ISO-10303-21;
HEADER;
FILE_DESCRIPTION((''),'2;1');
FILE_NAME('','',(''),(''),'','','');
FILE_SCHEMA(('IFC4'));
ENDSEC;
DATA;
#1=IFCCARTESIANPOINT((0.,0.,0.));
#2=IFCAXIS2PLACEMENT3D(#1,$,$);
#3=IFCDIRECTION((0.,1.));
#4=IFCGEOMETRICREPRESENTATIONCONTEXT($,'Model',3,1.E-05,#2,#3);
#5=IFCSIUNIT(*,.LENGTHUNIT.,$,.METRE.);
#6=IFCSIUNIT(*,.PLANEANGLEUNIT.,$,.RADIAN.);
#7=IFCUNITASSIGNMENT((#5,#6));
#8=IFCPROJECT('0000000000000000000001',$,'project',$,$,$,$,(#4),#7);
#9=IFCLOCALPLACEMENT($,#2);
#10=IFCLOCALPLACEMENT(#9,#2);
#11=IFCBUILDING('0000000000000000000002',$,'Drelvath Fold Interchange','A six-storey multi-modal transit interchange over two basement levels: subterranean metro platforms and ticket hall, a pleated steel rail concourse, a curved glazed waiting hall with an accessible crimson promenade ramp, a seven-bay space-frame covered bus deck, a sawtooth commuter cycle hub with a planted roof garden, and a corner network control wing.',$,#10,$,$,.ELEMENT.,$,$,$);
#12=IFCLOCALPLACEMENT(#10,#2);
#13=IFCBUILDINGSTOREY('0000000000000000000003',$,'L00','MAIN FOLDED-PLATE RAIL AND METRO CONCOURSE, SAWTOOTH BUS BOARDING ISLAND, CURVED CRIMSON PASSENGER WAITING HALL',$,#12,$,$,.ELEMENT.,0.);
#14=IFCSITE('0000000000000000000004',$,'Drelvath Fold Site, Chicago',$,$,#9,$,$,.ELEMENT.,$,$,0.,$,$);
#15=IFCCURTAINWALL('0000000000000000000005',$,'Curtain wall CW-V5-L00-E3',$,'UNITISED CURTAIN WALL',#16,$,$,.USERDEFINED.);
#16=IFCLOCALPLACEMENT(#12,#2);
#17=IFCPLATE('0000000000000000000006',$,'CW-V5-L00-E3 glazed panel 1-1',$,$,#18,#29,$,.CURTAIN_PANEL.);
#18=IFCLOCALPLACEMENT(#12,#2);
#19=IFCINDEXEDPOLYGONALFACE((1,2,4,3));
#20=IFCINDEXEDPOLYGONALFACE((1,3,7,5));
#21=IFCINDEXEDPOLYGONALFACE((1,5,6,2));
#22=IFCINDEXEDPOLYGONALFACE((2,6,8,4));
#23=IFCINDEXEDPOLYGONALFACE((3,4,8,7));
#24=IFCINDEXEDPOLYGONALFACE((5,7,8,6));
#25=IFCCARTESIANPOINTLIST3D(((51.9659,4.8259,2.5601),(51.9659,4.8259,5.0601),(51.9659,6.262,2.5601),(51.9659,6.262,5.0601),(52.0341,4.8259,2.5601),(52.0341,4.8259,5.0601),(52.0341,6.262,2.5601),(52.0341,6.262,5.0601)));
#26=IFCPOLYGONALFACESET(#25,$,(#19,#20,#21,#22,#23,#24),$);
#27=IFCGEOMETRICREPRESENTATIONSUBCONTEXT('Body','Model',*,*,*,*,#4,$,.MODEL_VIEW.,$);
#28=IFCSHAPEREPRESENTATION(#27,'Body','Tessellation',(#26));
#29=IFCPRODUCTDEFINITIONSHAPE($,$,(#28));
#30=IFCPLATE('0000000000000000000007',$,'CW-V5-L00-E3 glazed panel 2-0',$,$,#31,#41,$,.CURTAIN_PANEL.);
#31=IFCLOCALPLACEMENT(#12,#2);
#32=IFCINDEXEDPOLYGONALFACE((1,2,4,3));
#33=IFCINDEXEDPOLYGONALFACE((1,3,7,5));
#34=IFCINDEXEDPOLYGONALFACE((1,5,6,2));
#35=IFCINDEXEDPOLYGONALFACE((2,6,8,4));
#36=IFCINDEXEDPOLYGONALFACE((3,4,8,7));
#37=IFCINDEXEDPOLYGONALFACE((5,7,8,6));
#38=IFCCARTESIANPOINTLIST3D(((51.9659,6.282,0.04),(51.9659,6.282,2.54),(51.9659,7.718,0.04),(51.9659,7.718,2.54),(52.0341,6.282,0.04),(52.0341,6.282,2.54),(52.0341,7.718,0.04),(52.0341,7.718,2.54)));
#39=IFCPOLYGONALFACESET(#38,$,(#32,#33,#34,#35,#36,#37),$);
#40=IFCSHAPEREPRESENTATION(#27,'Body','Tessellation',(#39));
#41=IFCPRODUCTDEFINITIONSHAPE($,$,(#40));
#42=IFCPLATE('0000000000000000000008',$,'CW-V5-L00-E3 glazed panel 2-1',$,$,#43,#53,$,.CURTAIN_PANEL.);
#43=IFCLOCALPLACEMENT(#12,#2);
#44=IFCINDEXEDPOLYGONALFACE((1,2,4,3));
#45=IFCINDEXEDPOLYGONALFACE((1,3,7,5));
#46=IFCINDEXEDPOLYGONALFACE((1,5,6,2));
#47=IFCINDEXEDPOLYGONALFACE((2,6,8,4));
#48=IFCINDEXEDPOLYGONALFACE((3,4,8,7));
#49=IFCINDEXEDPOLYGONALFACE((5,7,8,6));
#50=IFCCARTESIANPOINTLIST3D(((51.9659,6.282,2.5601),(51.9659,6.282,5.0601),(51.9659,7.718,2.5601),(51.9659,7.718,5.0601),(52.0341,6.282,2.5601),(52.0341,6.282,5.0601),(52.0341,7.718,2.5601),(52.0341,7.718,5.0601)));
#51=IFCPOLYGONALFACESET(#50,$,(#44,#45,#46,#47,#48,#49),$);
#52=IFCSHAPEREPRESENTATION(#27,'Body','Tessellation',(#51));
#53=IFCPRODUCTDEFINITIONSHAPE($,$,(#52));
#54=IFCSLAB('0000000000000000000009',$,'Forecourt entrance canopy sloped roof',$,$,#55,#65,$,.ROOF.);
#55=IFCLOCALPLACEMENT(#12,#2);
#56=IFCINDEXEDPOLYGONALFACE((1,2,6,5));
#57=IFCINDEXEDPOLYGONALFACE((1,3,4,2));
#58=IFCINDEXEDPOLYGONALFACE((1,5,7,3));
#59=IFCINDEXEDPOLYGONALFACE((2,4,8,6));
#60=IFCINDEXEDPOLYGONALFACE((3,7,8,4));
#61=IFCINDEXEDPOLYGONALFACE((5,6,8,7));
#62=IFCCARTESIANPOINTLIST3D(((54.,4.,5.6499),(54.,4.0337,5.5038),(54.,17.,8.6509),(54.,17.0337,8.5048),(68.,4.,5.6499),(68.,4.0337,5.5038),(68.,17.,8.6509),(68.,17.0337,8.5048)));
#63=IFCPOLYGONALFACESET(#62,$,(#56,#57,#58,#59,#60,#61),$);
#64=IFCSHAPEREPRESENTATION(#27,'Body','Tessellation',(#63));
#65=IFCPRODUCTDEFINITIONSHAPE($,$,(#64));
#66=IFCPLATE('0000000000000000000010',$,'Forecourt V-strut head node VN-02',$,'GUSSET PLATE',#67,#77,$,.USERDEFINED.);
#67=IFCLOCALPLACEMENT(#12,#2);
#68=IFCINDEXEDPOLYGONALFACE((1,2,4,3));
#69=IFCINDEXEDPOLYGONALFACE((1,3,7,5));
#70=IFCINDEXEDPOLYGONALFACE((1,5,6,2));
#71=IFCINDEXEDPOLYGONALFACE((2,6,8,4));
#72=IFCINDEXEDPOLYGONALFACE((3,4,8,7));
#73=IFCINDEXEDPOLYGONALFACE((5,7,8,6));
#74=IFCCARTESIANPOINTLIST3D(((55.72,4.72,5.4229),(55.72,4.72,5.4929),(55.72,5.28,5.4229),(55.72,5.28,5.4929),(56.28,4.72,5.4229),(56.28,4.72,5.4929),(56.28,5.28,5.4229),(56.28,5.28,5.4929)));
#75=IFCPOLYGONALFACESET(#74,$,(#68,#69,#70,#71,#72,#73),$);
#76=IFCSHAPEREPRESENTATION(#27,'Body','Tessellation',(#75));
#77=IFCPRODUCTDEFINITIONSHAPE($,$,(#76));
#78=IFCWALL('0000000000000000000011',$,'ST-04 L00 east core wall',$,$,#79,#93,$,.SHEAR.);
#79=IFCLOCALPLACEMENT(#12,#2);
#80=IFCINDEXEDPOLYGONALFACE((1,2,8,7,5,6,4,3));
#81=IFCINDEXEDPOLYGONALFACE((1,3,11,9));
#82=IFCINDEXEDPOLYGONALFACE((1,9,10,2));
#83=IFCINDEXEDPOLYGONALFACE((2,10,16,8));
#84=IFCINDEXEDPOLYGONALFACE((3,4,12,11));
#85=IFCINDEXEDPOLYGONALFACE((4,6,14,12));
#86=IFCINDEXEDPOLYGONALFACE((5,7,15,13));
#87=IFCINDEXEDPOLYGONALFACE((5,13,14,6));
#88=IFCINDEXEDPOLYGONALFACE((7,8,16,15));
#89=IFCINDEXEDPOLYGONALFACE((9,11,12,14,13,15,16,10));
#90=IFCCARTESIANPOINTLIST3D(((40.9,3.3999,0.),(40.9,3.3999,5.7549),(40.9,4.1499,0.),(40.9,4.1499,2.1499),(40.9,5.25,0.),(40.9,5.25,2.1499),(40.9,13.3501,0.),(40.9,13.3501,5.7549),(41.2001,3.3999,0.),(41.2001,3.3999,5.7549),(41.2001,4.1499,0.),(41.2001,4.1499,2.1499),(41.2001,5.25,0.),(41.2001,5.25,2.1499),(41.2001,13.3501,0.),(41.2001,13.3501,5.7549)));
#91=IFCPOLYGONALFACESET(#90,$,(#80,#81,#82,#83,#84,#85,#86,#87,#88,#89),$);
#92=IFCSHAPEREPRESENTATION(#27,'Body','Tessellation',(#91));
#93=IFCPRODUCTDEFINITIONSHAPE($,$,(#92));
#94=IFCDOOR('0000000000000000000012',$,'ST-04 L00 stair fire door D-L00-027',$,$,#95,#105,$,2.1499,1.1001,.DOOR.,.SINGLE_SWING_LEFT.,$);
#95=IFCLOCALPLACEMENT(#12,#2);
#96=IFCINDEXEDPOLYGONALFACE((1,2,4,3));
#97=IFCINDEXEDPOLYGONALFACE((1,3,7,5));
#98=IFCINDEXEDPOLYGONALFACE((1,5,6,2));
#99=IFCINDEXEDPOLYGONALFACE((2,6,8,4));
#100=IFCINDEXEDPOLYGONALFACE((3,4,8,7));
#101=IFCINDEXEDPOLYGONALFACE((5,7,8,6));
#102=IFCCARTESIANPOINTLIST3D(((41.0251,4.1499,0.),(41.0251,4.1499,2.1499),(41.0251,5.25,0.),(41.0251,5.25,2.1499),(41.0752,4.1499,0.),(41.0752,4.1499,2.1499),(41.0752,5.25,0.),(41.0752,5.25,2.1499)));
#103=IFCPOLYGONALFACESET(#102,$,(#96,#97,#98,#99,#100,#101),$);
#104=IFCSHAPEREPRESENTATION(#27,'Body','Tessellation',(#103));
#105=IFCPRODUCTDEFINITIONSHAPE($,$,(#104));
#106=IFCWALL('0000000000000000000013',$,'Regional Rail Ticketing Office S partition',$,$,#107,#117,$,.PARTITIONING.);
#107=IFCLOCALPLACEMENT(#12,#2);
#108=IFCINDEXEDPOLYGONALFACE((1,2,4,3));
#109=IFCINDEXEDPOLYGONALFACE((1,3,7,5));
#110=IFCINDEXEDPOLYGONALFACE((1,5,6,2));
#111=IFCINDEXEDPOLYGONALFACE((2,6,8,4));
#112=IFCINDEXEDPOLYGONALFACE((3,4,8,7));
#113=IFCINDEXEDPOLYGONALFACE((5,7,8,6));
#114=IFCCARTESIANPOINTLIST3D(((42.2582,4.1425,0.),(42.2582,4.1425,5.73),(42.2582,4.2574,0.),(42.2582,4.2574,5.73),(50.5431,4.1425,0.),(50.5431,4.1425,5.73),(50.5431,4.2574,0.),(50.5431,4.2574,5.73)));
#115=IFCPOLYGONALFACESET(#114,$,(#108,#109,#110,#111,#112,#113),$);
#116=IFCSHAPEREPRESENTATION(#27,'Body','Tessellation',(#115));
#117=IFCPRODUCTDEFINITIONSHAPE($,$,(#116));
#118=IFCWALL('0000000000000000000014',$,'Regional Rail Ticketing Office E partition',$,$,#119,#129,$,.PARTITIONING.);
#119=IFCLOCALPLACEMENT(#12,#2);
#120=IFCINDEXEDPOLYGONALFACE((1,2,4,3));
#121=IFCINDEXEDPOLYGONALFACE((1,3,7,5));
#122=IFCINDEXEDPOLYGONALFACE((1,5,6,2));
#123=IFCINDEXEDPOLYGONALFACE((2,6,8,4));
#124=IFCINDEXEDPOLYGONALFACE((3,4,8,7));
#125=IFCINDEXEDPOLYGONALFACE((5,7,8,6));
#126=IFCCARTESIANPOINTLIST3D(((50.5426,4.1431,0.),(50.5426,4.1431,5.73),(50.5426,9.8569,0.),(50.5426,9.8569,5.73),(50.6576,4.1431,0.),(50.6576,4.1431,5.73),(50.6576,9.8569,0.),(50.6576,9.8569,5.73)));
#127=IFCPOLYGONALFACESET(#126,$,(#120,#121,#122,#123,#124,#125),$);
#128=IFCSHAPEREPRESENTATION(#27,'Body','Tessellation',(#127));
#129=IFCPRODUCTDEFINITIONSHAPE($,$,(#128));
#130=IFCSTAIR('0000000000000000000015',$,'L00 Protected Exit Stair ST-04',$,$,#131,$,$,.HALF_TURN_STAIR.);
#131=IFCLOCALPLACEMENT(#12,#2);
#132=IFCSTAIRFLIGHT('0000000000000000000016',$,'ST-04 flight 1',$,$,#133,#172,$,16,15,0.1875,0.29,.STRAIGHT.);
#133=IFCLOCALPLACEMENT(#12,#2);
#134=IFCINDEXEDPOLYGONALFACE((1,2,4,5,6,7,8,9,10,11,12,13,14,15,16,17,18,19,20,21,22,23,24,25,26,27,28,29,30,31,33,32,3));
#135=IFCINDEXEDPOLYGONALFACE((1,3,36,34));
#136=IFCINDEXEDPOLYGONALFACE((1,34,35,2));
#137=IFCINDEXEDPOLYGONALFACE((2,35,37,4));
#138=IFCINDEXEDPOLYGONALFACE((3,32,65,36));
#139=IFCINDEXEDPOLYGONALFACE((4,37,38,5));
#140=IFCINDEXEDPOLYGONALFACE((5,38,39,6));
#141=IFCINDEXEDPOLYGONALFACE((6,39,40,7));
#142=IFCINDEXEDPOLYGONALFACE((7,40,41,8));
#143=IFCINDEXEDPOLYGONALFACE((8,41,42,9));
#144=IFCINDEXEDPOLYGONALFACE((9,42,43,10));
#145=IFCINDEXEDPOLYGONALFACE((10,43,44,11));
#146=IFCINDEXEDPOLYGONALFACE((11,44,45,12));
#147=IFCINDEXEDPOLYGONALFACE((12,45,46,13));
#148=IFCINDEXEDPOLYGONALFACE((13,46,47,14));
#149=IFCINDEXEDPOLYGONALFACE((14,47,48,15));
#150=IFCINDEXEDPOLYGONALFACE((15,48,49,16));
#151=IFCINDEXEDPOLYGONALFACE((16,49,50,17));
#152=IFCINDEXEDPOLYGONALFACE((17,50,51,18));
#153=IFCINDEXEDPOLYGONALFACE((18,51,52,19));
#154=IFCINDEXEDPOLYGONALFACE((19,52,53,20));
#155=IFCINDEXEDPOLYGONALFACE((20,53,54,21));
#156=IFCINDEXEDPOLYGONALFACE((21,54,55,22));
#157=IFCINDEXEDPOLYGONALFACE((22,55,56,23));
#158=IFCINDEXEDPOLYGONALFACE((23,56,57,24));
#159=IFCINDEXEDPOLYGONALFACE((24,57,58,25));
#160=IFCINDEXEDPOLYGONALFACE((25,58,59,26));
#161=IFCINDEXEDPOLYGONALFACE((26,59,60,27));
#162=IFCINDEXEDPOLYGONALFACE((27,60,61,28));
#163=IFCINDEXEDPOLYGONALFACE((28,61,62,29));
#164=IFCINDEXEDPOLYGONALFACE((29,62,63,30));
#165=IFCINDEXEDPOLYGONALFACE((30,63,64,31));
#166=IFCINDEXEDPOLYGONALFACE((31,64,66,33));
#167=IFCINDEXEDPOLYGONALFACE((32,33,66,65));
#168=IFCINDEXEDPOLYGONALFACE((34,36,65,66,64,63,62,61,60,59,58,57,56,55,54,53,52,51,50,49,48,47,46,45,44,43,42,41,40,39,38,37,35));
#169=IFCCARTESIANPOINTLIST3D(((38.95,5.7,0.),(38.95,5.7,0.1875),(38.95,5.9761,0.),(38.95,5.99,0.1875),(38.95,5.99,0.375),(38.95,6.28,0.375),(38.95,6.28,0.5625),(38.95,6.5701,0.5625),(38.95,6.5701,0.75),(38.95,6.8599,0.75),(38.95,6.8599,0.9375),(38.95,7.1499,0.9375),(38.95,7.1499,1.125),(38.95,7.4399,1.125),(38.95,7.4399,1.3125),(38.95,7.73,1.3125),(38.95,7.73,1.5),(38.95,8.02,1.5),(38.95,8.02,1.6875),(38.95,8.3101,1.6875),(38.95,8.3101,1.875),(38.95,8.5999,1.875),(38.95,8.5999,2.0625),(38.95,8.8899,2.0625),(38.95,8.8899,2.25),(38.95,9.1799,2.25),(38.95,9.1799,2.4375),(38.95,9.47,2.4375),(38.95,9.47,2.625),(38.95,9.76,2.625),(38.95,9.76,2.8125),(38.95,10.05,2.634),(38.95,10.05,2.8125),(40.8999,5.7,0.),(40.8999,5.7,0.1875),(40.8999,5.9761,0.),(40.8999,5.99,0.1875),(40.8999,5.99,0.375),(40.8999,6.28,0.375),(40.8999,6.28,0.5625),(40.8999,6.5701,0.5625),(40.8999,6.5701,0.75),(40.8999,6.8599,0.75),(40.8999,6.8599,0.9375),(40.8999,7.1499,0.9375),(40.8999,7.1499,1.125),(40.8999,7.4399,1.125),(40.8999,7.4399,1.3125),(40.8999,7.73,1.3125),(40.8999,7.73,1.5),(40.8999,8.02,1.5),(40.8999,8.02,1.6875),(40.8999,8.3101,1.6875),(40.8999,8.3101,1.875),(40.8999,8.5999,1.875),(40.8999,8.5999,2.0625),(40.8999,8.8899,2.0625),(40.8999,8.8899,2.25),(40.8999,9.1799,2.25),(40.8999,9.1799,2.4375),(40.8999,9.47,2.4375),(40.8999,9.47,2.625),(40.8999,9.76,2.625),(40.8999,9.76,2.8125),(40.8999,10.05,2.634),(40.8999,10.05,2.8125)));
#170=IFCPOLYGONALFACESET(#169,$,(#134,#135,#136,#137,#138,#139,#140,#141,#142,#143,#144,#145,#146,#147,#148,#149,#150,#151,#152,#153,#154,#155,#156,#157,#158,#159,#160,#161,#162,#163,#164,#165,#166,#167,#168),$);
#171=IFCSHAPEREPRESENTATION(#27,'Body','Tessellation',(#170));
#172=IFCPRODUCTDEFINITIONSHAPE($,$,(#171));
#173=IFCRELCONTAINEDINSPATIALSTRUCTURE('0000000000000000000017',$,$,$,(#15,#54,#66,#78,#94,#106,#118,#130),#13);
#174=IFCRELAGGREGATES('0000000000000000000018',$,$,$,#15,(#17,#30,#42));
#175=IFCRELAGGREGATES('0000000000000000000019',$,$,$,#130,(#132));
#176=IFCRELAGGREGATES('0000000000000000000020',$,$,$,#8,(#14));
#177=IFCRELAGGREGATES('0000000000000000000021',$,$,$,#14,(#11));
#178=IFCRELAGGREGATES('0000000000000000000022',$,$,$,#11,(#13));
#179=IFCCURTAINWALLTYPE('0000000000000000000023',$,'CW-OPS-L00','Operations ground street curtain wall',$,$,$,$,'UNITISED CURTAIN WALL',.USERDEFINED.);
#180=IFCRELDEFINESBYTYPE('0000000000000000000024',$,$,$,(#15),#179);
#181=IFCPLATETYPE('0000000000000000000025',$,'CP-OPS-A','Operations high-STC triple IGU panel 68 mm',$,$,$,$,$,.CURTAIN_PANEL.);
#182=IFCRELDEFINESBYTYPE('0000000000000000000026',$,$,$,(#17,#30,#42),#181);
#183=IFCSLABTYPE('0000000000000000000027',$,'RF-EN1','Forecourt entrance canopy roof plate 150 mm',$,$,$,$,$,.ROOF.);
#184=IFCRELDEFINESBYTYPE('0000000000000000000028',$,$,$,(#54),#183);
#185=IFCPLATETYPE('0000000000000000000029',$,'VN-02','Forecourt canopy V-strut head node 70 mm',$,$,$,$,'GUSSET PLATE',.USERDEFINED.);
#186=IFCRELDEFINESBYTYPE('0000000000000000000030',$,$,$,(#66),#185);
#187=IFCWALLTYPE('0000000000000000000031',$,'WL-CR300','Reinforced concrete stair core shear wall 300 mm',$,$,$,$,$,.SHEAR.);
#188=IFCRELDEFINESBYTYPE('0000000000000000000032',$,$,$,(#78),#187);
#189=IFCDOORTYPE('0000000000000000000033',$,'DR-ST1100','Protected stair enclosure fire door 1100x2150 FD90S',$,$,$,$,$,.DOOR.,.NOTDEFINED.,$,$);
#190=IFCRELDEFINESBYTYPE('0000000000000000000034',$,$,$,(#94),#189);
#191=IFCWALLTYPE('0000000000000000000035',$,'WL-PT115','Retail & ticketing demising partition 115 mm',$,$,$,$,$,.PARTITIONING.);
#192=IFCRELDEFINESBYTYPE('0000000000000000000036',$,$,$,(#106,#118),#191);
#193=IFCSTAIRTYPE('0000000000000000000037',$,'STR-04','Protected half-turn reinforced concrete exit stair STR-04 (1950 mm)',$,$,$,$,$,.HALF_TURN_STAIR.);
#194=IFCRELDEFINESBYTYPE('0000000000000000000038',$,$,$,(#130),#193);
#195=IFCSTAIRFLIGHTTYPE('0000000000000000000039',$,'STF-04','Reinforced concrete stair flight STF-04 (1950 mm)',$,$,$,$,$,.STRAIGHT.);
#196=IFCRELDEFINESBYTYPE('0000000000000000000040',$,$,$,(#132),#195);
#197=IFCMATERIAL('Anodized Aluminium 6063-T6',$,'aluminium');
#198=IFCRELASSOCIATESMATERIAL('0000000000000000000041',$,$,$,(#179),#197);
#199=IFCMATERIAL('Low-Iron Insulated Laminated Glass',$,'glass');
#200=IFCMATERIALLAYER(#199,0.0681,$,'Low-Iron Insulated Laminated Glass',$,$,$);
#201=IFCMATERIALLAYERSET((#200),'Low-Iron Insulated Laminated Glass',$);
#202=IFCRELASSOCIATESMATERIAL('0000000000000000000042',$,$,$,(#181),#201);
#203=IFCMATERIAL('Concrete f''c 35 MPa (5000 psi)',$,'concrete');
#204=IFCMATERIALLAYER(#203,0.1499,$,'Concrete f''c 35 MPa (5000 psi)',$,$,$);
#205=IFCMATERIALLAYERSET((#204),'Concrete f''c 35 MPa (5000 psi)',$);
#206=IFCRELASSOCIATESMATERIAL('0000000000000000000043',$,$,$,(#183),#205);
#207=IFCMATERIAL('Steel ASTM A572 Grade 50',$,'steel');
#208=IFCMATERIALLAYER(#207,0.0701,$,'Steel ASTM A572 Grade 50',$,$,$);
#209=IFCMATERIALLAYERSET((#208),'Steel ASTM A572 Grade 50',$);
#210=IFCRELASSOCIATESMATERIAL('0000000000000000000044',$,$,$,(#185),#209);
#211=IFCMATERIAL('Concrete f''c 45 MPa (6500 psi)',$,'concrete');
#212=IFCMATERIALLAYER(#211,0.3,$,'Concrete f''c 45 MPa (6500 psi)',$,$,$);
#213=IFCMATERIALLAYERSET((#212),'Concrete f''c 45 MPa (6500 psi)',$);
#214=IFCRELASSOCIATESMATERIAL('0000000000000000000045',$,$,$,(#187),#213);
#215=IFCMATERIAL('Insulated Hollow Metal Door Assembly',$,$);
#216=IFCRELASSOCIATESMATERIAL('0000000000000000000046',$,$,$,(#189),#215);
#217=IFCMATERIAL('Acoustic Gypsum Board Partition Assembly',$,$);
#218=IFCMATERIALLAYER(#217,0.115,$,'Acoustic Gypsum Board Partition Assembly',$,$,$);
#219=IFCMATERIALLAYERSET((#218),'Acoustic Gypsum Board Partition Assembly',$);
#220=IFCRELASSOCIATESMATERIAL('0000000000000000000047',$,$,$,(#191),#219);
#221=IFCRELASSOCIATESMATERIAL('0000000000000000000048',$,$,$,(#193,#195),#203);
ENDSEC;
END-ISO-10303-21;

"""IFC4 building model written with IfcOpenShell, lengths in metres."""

from ifc_helpers import new_model, si_unit, direction, frame, frame_2d, origin, origin_2d, place, context, subcontext, project, spatial, polyline, rectangle, outline, extrude, material, layer, layer_set, type_object, element, fill, aggregate, save


model = new_model("IFC4")

# Units and contexts
model_context = context("Model", 3, precision=1e-05, world=origin(), true_north=direction((0.0, 1.0)))
body_context = subcontext(model_context, "Body", "Model", "MODEL_VIEW")
ifc_project = project(units=[si_unit("LENGTHUNIT", "METRE"), si_unit("PLANEANGLEUNIT", "RADIAN")], contexts=[model_context])

# Site, building, storey
site_placement = place(None, origin())
site = spatial("IfcSite", under=ifc_project, at=site_placement, Name="Drelvath Fold Site, Chicago", CompositionType="ELEMENT", RefElevation=0.0)
building_placement = place(site_placement, origin())
building = spatial("IfcBuilding", under=site, at=building_placement, Name="Drelvath Fold Interchange", Description="A six-storey multi-modal transit interchange over two basement levels: subterranean metro platforms and ticket hall, a pleated steel rail concourse, a curved glazed waiting hall with an accessible crimson promenade ramp, a seven-bay space-frame covered bus deck, a sawtooth commuter cycle hub with a planted roof garden, and a corner network control wing.", CompositionType="ELEMENT")
storey_placement = place(building_placement, origin())
storey = spatial("IfcBuildingStorey", under=building, at=storey_placement, Name="L00", Description="MAIN FOLDED-PLATE RAIL AND METRO CONCOURSE, SAWTOOTH BUS BOARDING ISLAND, CURVED CRIMSON PASSENGER WAITING HALL", CompositionType="ELEMENT", Elevation=0.0)

# Shared definitions
ifc_material_1 = material(Name="Concrete f'c 45 MPa (6500 psi)", Category="concrete")

# Curtain wall
ifc_material_2 = material(Name="Anodized Aluminium 6063-T6", Category="aluminium")
curtain_wall_type = type_object("IfcCurtainWallType", Name="CW-OPS-L00", Description="Operations ground street curtain wall", ElementType="UNITISED CURTAIN WALL", PredefinedType="USERDEFINED", material=ifc_material_2)
curtain_wall_placement = place(storey_placement, origin())
curtain_wall = element("IfcCurtainWall", 1, at=curtain_wall_placement, inside=storey, type_object=curtain_wall_type, Name="Curtain wall CW-V5-L00-E3", ObjectType="UNITISED CURTAIN WALL", PredefinedType="USERDEFINED")

# Plates
ifc_material_3 = material(Name="Low-Iron Insulated Laminated Glass", Category="glass")
ifc_layer_1 = layer(ifc_material_3, 0.0681, Name="Low-Iron Insulated Laminated Glass")
ifc_layer_set_1 = layer_set([ifc_layer_1], Name="Low-Iron Insulated Laminated Glass")
plate_type_1 = type_object("IfcPlateType", Name="CP-OPS-A", Description="Operations high-STC triple IGU panel 68 mm", PredefinedType="CURTAIN_PANEL", material=ifc_layer_set_1)
plate_1_placement = place(storey_placement, frame((52.0, 5.5439, 2.5601), z_axis=(0.0, 0.0, 1.0), x_axis=(0.0, 1.0, 0.0)))
plate_1 = element("IfcPlate", 2, at=plate_1_placement, type_object=plate_type_1, Name="CW-V5-L00-E3 glazed panel 1-1", PredefinedType="CURTAIN_PANEL", context=body_context, shape_type="SweptSolid", body=[
    extrude(rectangle(XDim=1.436, YDim=0.0681, at=origin_2d()), origin(), (0.0, 0.0, 1.0), 2.5),
])
plate_2_placement = place(storey_placement, frame((52.0, 7.0, 0.04), z_axis=(0.0, 0.0, 1.0), x_axis=(0.0, 1.0, 0.0)))
plate_2 = element("IfcPlate", 3, at=plate_2_placement, type_object=plate_type_1, Name="CW-V5-L00-E3 glazed panel 2-0", PredefinedType="CURTAIN_PANEL", context=body_context, shape_type="SweptSolid", body=[
    extrude(rectangle(XDim=1.436, YDim=0.0681, at=origin_2d()), origin(), (0.0, 0.0, 1.0), 2.5),
])
plate_3_placement = place(storey_placement, frame((52.0, 7.0, 2.5601), z_axis=(0.0, 0.0, 1.0), x_axis=(0.0, 1.0, 0.0)))
plate_3 = element("IfcPlate", 4, at=plate_3_placement, type_object=plate_type_1, Name="CW-V5-L00-E3 glazed panel 2-1", PredefinedType="CURTAIN_PANEL", context=body_context, shape_type="SweptSolid", body=[
    extrude(rectangle(XDim=1.436, YDim=0.0681, at=origin_2d()), origin(), (0.0, 0.0, 1.0), 2.5),
])
aggregate(curtain_wall, [plate_1, plate_2, plate_3])

# Slab
ifc_material_4 = material(Name="Concrete f'c 35 MPa (5000 psi)", Category="concrete")
ifc_layer_2 = layer(ifc_material_4, 0.1499, Name="Concrete f'c 35 MPa (5000 psi)")
ifc_layer_set_2 = layer_set([ifc_layer_2], Name="Concrete f'c 35 MPa (5000 psi)")
slab_type = type_object("IfcSlabType", Name="RF-EN1", Description="Forecourt entrance canopy roof plate 150 mm", PredefinedType="ROOF", material=ifc_layer_set_2)
slab_placement = place(storey_placement, frame((54.0, 4.0, 5.6499), z_axis=(0.0, -0.224929, 0.974375), x_axis=(1.0, 0.0, 0.0)))
element("IfcSlab", 5, at=slab_placement, inside=storey, type_object=slab_type, Name="Forecourt entrance canopy sloped roof", PredefinedType="ROOF", context=body_context, shape_type="SweptSolid", body=[
    extrude(outline(polyline([(0.0, 0.0), (14.0, 0.0), (14.0, 13.3419), (0.0, 13.3419), (0.0, 0.0)])), origin(), (0.0, 0.0, -1.0), 0.1499),
])

# Plate
ifc_material_5 = material(Name="Steel ASTM A572 Grade 50", Category="steel")
ifc_layer_3 = layer(ifc_material_5, 0.0701, Name="Steel ASTM A572 Grade 50")
ifc_layer_set_3 = layer_set([ifc_layer_3], Name="Steel ASTM A572 Grade 50")
plate_type_2 = type_object("IfcPlateType", Name="VN-02", Description="Forecourt canopy V-strut head node 70 mm", ElementType="GUSSET PLATE", PredefinedType="USERDEFINED", material=ifc_layer_set_3)
plate_4_placement = place(storey_placement, frame((56.0, 5.0, 5.4229), z_axis=(0.0, 0.0, 1.0), x_axis=(1.0, 0.0, 0.0)))
element("IfcPlate", 6, at=plate_4_placement, inside=storey, type_object=plate_type_2, Name="Forecourt V-strut head node VN-02", ObjectType="GUSSET PLATE", PredefinedType="USERDEFINED", context=body_context, shape_type="SweptSolid", body=[
    extrude(rectangle(XDim=0.5601, YDim=0.5601, at=origin_2d()), origin(), (0.0, 0.0, 1.0), 0.0701),
])

# Wall, opening, door
ifc_layer_4 = layer(ifc_material_1, 0.3, Name="Concrete f'c 45 MPa (6500 psi)")
ifc_layer_set_4 = layer_set([ifc_layer_4], Name="Concrete f'c 45 MPa (6500 psi)")
wall_type_1 = type_object("IfcWallType", Name="WL-CR300", Description="Reinforced concrete stair core shear wall 300 mm", PredefinedType="SHEAR", material=ifc_layer_set_4)
wall_1_placement = place(storey_placement, frame((41.05, 3.3999, 0.0), z_axis=(0.0, 0.0, 1.0), x_axis=(0.0, 1.0, 0.0)))
wall_1 = element("IfcWall", 7, at=wall_1_placement, inside=storey, type_object=wall_type_1, Name="ST-04 L00 east core wall", PredefinedType="SHEAR", context=body_context, shape_type="SweptSolid", body=[
    extrude(rectangle(XDim=9.9502, YDim=0.3, at=frame_2d((4.9751, 0.0))), origin(), (0.0, 0.0, 1.0), 5.7549),
])
opening_1_placement = place(wall_1_placement, frame((0.75, 0.0, 0.0)))
opening_1 = element("IfcOpeningElement", 8, at=opening_1_placement, cuts=wall_1, PredefinedType="OPENING", context=body_context, shape_type="SweptSolid", body=[
    extrude(rectangle(XDim=1.1001, YDim=2.1499, at=frame_2d((0.55, 1.075))), frame((0.0, 0.1599, 0.0), z_axis=(0.0, -1.0, 0.0), x_axis=(1.0, 0.0, 0.0)), (0.0, 0.0, 1.0), 0.3201),
])
ifc_material_6 = material(Name="Insulated Hollow Metal Door Assembly")
door_type_1 = type_object("IfcDoorType", Name="DR-ST1100", Description="Protected stair enclosure fire door 1100x2150 FD90S", OperationType="NOTDEFINED", PredefinedType="DOOR", material=ifc_material_6)
door_1_placement = place(opening_1_placement, origin())
door_1 = element("IfcDoor", 9, at=door_1_placement, inside=storey, type_object=door_type_1, Name="ST-04 L00 stair fire door D-L00-027", OperationType="SINGLE_SWING_LEFT", OverallHeight=2.1499, OverallWidth=1.1001, PredefinedType="DOOR", context=body_context, shape_type="SweptSolid", body=[
    extrude(rectangle(XDim=1.1001, YDim=2.1499, at=frame_2d((0.55, 1.075))), frame((0.0, 0.0249, 0.0), z_axis=(0.0, -1.0, 0.0), x_axis=(1.0, 0.0, 0.0)), (0.0, 0.0, 1.0), 0.05),
])
fill(opening_1, door_1)

# Walls
ifc_material_7 = material(Name="Acoustic Gypsum Board Partition Assembly")
ifc_layer_5 = layer(ifc_material_7, 0.115, Name="Acoustic Gypsum Board Partition Assembly")
ifc_layer_set_5 = layer_set([ifc_layer_5], Name="Acoustic Gypsum Board Partition Assembly")
wall_type_2 = type_object("IfcWallType", Name="WL-PT115", Description="Retail & ticketing demising partition 115 mm", PredefinedType="PARTITIONING", material=ifc_layer_set_5)
wall_2_placement = place(storey_placement, frame((42.2581, 4.2, 0.0), z_axis=(0.0, 0.0, 1.0), x_axis=(1.0, 0.0, 0.0)))
element("IfcWall", 10, at=wall_2_placement, inside=storey, type_object=wall_type_2, Name="Regional Rail Ticketing Office S partition", PredefinedType="PARTITIONING", context=body_context, shape_type="SweptSolid", body=[
    extrude(rectangle(XDim=8.2849, YDim=0.115, at=frame_2d((4.1426, 0.0))), origin(), (0.0, 0.0, 1.0), 5.73),
])
wall_3_placement = place(storey_placement, frame((50.6001, 4.1431, 0.0), z_axis=(0.0, 0.0, 1.0), x_axis=(0.0, 1.0, 0.0)))
element("IfcWall", 11, at=wall_3_placement, inside=storey, type_object=wall_type_2, Name="Regional Rail Ticketing Office E partition", PredefinedType="PARTITIONING", context=body_context, shape_type="SweptSolid", body=[
    extrude(rectangle(XDim=5.7139, YDim=0.115, at=frame_2d((2.8569, 0.0))), origin(), (0.0, 0.0, 1.0), 5.73),
])

# Stair, stair flight
stair_type = type_object("IfcStairType", Name="STR-04", Description="Protected half-turn reinforced concrete exit stair STR-04 (1950 mm)", PredefinedType="HALF_TURN_STAIR", material=ifc_material_4)
stair_placement = place(storey_placement, origin())
stair = element("IfcStair", 12, at=stair_placement, inside=storey, type_object=stair_type, Name="L00 Protected Exit Stair ST-04", PredefinedType="HALF_TURN_STAIR")
stair_flight_type = type_object("IfcStairFlightType", Name="STF-04", Description="Reinforced concrete stair flight STF-04 (1950 mm)", PredefinedType="STRAIGHT", material=ifc_material_4)
stair_flight_placement = place(storey_placement, frame((39.925, 5.7, 0.0), z_axis=(0.0, 0.0, 1.0), x_axis=(0.0, 1.0, 0.0)))
stair_flight = element("IfcStairFlight", 13, at=stair_flight_placement, type_object=stair_flight_type, Name="ST-04 flight 1", NumberOfRisers=16, NumberOfTreads=15, PredefinedType="STRAIGHT", RiserHeight=0.1875, TreadLength=0.29, context=body_context, shape_type="SweptSolid", body=[
    extrude(outline(polyline([(0.0, 0.0), (0.0, 0.1875), (0.29, 0.1875), (0.29, 0.375), (0.5801, 0.375), (0.5801, 0.5625), (0.8701, 0.5625), (0.8701, 0.75), (1.1599, 0.75), (1.1599, 0.9375), (1.45, 0.9375), (1.45, 1.125), (1.74, 1.125), (1.74, 1.3125), (2.03, 1.3125), (2.03, 1.5), (2.3201, 1.5), (2.3201, 1.6875), (2.6101, 1.6875), (2.6101, 1.875), (2.8999, 1.875), (2.8999, 2.0625), (3.1899, 2.0625), (3.1899, 2.25), (3.48, 2.25), (3.48, 2.4375), (3.77, 2.4375), (3.77, 2.625), (4.0601, 2.625), (4.0601, 2.8125), (4.3501, 2.8125), (4.3501, 3.0), (4.3501, 2.634), (0.2761, 0.0), (0.0, 0.0)])), frame((0.0, 0.9751, 0.0), z_axis=(0.0, -1.0, 0.0), x_axis=(1.0, 0.0, 0.0)), (0.0, 0.0, 1.0), 1.95),
])
aggregate(stair, [stair_flight])

save(model, "model.ifc")
